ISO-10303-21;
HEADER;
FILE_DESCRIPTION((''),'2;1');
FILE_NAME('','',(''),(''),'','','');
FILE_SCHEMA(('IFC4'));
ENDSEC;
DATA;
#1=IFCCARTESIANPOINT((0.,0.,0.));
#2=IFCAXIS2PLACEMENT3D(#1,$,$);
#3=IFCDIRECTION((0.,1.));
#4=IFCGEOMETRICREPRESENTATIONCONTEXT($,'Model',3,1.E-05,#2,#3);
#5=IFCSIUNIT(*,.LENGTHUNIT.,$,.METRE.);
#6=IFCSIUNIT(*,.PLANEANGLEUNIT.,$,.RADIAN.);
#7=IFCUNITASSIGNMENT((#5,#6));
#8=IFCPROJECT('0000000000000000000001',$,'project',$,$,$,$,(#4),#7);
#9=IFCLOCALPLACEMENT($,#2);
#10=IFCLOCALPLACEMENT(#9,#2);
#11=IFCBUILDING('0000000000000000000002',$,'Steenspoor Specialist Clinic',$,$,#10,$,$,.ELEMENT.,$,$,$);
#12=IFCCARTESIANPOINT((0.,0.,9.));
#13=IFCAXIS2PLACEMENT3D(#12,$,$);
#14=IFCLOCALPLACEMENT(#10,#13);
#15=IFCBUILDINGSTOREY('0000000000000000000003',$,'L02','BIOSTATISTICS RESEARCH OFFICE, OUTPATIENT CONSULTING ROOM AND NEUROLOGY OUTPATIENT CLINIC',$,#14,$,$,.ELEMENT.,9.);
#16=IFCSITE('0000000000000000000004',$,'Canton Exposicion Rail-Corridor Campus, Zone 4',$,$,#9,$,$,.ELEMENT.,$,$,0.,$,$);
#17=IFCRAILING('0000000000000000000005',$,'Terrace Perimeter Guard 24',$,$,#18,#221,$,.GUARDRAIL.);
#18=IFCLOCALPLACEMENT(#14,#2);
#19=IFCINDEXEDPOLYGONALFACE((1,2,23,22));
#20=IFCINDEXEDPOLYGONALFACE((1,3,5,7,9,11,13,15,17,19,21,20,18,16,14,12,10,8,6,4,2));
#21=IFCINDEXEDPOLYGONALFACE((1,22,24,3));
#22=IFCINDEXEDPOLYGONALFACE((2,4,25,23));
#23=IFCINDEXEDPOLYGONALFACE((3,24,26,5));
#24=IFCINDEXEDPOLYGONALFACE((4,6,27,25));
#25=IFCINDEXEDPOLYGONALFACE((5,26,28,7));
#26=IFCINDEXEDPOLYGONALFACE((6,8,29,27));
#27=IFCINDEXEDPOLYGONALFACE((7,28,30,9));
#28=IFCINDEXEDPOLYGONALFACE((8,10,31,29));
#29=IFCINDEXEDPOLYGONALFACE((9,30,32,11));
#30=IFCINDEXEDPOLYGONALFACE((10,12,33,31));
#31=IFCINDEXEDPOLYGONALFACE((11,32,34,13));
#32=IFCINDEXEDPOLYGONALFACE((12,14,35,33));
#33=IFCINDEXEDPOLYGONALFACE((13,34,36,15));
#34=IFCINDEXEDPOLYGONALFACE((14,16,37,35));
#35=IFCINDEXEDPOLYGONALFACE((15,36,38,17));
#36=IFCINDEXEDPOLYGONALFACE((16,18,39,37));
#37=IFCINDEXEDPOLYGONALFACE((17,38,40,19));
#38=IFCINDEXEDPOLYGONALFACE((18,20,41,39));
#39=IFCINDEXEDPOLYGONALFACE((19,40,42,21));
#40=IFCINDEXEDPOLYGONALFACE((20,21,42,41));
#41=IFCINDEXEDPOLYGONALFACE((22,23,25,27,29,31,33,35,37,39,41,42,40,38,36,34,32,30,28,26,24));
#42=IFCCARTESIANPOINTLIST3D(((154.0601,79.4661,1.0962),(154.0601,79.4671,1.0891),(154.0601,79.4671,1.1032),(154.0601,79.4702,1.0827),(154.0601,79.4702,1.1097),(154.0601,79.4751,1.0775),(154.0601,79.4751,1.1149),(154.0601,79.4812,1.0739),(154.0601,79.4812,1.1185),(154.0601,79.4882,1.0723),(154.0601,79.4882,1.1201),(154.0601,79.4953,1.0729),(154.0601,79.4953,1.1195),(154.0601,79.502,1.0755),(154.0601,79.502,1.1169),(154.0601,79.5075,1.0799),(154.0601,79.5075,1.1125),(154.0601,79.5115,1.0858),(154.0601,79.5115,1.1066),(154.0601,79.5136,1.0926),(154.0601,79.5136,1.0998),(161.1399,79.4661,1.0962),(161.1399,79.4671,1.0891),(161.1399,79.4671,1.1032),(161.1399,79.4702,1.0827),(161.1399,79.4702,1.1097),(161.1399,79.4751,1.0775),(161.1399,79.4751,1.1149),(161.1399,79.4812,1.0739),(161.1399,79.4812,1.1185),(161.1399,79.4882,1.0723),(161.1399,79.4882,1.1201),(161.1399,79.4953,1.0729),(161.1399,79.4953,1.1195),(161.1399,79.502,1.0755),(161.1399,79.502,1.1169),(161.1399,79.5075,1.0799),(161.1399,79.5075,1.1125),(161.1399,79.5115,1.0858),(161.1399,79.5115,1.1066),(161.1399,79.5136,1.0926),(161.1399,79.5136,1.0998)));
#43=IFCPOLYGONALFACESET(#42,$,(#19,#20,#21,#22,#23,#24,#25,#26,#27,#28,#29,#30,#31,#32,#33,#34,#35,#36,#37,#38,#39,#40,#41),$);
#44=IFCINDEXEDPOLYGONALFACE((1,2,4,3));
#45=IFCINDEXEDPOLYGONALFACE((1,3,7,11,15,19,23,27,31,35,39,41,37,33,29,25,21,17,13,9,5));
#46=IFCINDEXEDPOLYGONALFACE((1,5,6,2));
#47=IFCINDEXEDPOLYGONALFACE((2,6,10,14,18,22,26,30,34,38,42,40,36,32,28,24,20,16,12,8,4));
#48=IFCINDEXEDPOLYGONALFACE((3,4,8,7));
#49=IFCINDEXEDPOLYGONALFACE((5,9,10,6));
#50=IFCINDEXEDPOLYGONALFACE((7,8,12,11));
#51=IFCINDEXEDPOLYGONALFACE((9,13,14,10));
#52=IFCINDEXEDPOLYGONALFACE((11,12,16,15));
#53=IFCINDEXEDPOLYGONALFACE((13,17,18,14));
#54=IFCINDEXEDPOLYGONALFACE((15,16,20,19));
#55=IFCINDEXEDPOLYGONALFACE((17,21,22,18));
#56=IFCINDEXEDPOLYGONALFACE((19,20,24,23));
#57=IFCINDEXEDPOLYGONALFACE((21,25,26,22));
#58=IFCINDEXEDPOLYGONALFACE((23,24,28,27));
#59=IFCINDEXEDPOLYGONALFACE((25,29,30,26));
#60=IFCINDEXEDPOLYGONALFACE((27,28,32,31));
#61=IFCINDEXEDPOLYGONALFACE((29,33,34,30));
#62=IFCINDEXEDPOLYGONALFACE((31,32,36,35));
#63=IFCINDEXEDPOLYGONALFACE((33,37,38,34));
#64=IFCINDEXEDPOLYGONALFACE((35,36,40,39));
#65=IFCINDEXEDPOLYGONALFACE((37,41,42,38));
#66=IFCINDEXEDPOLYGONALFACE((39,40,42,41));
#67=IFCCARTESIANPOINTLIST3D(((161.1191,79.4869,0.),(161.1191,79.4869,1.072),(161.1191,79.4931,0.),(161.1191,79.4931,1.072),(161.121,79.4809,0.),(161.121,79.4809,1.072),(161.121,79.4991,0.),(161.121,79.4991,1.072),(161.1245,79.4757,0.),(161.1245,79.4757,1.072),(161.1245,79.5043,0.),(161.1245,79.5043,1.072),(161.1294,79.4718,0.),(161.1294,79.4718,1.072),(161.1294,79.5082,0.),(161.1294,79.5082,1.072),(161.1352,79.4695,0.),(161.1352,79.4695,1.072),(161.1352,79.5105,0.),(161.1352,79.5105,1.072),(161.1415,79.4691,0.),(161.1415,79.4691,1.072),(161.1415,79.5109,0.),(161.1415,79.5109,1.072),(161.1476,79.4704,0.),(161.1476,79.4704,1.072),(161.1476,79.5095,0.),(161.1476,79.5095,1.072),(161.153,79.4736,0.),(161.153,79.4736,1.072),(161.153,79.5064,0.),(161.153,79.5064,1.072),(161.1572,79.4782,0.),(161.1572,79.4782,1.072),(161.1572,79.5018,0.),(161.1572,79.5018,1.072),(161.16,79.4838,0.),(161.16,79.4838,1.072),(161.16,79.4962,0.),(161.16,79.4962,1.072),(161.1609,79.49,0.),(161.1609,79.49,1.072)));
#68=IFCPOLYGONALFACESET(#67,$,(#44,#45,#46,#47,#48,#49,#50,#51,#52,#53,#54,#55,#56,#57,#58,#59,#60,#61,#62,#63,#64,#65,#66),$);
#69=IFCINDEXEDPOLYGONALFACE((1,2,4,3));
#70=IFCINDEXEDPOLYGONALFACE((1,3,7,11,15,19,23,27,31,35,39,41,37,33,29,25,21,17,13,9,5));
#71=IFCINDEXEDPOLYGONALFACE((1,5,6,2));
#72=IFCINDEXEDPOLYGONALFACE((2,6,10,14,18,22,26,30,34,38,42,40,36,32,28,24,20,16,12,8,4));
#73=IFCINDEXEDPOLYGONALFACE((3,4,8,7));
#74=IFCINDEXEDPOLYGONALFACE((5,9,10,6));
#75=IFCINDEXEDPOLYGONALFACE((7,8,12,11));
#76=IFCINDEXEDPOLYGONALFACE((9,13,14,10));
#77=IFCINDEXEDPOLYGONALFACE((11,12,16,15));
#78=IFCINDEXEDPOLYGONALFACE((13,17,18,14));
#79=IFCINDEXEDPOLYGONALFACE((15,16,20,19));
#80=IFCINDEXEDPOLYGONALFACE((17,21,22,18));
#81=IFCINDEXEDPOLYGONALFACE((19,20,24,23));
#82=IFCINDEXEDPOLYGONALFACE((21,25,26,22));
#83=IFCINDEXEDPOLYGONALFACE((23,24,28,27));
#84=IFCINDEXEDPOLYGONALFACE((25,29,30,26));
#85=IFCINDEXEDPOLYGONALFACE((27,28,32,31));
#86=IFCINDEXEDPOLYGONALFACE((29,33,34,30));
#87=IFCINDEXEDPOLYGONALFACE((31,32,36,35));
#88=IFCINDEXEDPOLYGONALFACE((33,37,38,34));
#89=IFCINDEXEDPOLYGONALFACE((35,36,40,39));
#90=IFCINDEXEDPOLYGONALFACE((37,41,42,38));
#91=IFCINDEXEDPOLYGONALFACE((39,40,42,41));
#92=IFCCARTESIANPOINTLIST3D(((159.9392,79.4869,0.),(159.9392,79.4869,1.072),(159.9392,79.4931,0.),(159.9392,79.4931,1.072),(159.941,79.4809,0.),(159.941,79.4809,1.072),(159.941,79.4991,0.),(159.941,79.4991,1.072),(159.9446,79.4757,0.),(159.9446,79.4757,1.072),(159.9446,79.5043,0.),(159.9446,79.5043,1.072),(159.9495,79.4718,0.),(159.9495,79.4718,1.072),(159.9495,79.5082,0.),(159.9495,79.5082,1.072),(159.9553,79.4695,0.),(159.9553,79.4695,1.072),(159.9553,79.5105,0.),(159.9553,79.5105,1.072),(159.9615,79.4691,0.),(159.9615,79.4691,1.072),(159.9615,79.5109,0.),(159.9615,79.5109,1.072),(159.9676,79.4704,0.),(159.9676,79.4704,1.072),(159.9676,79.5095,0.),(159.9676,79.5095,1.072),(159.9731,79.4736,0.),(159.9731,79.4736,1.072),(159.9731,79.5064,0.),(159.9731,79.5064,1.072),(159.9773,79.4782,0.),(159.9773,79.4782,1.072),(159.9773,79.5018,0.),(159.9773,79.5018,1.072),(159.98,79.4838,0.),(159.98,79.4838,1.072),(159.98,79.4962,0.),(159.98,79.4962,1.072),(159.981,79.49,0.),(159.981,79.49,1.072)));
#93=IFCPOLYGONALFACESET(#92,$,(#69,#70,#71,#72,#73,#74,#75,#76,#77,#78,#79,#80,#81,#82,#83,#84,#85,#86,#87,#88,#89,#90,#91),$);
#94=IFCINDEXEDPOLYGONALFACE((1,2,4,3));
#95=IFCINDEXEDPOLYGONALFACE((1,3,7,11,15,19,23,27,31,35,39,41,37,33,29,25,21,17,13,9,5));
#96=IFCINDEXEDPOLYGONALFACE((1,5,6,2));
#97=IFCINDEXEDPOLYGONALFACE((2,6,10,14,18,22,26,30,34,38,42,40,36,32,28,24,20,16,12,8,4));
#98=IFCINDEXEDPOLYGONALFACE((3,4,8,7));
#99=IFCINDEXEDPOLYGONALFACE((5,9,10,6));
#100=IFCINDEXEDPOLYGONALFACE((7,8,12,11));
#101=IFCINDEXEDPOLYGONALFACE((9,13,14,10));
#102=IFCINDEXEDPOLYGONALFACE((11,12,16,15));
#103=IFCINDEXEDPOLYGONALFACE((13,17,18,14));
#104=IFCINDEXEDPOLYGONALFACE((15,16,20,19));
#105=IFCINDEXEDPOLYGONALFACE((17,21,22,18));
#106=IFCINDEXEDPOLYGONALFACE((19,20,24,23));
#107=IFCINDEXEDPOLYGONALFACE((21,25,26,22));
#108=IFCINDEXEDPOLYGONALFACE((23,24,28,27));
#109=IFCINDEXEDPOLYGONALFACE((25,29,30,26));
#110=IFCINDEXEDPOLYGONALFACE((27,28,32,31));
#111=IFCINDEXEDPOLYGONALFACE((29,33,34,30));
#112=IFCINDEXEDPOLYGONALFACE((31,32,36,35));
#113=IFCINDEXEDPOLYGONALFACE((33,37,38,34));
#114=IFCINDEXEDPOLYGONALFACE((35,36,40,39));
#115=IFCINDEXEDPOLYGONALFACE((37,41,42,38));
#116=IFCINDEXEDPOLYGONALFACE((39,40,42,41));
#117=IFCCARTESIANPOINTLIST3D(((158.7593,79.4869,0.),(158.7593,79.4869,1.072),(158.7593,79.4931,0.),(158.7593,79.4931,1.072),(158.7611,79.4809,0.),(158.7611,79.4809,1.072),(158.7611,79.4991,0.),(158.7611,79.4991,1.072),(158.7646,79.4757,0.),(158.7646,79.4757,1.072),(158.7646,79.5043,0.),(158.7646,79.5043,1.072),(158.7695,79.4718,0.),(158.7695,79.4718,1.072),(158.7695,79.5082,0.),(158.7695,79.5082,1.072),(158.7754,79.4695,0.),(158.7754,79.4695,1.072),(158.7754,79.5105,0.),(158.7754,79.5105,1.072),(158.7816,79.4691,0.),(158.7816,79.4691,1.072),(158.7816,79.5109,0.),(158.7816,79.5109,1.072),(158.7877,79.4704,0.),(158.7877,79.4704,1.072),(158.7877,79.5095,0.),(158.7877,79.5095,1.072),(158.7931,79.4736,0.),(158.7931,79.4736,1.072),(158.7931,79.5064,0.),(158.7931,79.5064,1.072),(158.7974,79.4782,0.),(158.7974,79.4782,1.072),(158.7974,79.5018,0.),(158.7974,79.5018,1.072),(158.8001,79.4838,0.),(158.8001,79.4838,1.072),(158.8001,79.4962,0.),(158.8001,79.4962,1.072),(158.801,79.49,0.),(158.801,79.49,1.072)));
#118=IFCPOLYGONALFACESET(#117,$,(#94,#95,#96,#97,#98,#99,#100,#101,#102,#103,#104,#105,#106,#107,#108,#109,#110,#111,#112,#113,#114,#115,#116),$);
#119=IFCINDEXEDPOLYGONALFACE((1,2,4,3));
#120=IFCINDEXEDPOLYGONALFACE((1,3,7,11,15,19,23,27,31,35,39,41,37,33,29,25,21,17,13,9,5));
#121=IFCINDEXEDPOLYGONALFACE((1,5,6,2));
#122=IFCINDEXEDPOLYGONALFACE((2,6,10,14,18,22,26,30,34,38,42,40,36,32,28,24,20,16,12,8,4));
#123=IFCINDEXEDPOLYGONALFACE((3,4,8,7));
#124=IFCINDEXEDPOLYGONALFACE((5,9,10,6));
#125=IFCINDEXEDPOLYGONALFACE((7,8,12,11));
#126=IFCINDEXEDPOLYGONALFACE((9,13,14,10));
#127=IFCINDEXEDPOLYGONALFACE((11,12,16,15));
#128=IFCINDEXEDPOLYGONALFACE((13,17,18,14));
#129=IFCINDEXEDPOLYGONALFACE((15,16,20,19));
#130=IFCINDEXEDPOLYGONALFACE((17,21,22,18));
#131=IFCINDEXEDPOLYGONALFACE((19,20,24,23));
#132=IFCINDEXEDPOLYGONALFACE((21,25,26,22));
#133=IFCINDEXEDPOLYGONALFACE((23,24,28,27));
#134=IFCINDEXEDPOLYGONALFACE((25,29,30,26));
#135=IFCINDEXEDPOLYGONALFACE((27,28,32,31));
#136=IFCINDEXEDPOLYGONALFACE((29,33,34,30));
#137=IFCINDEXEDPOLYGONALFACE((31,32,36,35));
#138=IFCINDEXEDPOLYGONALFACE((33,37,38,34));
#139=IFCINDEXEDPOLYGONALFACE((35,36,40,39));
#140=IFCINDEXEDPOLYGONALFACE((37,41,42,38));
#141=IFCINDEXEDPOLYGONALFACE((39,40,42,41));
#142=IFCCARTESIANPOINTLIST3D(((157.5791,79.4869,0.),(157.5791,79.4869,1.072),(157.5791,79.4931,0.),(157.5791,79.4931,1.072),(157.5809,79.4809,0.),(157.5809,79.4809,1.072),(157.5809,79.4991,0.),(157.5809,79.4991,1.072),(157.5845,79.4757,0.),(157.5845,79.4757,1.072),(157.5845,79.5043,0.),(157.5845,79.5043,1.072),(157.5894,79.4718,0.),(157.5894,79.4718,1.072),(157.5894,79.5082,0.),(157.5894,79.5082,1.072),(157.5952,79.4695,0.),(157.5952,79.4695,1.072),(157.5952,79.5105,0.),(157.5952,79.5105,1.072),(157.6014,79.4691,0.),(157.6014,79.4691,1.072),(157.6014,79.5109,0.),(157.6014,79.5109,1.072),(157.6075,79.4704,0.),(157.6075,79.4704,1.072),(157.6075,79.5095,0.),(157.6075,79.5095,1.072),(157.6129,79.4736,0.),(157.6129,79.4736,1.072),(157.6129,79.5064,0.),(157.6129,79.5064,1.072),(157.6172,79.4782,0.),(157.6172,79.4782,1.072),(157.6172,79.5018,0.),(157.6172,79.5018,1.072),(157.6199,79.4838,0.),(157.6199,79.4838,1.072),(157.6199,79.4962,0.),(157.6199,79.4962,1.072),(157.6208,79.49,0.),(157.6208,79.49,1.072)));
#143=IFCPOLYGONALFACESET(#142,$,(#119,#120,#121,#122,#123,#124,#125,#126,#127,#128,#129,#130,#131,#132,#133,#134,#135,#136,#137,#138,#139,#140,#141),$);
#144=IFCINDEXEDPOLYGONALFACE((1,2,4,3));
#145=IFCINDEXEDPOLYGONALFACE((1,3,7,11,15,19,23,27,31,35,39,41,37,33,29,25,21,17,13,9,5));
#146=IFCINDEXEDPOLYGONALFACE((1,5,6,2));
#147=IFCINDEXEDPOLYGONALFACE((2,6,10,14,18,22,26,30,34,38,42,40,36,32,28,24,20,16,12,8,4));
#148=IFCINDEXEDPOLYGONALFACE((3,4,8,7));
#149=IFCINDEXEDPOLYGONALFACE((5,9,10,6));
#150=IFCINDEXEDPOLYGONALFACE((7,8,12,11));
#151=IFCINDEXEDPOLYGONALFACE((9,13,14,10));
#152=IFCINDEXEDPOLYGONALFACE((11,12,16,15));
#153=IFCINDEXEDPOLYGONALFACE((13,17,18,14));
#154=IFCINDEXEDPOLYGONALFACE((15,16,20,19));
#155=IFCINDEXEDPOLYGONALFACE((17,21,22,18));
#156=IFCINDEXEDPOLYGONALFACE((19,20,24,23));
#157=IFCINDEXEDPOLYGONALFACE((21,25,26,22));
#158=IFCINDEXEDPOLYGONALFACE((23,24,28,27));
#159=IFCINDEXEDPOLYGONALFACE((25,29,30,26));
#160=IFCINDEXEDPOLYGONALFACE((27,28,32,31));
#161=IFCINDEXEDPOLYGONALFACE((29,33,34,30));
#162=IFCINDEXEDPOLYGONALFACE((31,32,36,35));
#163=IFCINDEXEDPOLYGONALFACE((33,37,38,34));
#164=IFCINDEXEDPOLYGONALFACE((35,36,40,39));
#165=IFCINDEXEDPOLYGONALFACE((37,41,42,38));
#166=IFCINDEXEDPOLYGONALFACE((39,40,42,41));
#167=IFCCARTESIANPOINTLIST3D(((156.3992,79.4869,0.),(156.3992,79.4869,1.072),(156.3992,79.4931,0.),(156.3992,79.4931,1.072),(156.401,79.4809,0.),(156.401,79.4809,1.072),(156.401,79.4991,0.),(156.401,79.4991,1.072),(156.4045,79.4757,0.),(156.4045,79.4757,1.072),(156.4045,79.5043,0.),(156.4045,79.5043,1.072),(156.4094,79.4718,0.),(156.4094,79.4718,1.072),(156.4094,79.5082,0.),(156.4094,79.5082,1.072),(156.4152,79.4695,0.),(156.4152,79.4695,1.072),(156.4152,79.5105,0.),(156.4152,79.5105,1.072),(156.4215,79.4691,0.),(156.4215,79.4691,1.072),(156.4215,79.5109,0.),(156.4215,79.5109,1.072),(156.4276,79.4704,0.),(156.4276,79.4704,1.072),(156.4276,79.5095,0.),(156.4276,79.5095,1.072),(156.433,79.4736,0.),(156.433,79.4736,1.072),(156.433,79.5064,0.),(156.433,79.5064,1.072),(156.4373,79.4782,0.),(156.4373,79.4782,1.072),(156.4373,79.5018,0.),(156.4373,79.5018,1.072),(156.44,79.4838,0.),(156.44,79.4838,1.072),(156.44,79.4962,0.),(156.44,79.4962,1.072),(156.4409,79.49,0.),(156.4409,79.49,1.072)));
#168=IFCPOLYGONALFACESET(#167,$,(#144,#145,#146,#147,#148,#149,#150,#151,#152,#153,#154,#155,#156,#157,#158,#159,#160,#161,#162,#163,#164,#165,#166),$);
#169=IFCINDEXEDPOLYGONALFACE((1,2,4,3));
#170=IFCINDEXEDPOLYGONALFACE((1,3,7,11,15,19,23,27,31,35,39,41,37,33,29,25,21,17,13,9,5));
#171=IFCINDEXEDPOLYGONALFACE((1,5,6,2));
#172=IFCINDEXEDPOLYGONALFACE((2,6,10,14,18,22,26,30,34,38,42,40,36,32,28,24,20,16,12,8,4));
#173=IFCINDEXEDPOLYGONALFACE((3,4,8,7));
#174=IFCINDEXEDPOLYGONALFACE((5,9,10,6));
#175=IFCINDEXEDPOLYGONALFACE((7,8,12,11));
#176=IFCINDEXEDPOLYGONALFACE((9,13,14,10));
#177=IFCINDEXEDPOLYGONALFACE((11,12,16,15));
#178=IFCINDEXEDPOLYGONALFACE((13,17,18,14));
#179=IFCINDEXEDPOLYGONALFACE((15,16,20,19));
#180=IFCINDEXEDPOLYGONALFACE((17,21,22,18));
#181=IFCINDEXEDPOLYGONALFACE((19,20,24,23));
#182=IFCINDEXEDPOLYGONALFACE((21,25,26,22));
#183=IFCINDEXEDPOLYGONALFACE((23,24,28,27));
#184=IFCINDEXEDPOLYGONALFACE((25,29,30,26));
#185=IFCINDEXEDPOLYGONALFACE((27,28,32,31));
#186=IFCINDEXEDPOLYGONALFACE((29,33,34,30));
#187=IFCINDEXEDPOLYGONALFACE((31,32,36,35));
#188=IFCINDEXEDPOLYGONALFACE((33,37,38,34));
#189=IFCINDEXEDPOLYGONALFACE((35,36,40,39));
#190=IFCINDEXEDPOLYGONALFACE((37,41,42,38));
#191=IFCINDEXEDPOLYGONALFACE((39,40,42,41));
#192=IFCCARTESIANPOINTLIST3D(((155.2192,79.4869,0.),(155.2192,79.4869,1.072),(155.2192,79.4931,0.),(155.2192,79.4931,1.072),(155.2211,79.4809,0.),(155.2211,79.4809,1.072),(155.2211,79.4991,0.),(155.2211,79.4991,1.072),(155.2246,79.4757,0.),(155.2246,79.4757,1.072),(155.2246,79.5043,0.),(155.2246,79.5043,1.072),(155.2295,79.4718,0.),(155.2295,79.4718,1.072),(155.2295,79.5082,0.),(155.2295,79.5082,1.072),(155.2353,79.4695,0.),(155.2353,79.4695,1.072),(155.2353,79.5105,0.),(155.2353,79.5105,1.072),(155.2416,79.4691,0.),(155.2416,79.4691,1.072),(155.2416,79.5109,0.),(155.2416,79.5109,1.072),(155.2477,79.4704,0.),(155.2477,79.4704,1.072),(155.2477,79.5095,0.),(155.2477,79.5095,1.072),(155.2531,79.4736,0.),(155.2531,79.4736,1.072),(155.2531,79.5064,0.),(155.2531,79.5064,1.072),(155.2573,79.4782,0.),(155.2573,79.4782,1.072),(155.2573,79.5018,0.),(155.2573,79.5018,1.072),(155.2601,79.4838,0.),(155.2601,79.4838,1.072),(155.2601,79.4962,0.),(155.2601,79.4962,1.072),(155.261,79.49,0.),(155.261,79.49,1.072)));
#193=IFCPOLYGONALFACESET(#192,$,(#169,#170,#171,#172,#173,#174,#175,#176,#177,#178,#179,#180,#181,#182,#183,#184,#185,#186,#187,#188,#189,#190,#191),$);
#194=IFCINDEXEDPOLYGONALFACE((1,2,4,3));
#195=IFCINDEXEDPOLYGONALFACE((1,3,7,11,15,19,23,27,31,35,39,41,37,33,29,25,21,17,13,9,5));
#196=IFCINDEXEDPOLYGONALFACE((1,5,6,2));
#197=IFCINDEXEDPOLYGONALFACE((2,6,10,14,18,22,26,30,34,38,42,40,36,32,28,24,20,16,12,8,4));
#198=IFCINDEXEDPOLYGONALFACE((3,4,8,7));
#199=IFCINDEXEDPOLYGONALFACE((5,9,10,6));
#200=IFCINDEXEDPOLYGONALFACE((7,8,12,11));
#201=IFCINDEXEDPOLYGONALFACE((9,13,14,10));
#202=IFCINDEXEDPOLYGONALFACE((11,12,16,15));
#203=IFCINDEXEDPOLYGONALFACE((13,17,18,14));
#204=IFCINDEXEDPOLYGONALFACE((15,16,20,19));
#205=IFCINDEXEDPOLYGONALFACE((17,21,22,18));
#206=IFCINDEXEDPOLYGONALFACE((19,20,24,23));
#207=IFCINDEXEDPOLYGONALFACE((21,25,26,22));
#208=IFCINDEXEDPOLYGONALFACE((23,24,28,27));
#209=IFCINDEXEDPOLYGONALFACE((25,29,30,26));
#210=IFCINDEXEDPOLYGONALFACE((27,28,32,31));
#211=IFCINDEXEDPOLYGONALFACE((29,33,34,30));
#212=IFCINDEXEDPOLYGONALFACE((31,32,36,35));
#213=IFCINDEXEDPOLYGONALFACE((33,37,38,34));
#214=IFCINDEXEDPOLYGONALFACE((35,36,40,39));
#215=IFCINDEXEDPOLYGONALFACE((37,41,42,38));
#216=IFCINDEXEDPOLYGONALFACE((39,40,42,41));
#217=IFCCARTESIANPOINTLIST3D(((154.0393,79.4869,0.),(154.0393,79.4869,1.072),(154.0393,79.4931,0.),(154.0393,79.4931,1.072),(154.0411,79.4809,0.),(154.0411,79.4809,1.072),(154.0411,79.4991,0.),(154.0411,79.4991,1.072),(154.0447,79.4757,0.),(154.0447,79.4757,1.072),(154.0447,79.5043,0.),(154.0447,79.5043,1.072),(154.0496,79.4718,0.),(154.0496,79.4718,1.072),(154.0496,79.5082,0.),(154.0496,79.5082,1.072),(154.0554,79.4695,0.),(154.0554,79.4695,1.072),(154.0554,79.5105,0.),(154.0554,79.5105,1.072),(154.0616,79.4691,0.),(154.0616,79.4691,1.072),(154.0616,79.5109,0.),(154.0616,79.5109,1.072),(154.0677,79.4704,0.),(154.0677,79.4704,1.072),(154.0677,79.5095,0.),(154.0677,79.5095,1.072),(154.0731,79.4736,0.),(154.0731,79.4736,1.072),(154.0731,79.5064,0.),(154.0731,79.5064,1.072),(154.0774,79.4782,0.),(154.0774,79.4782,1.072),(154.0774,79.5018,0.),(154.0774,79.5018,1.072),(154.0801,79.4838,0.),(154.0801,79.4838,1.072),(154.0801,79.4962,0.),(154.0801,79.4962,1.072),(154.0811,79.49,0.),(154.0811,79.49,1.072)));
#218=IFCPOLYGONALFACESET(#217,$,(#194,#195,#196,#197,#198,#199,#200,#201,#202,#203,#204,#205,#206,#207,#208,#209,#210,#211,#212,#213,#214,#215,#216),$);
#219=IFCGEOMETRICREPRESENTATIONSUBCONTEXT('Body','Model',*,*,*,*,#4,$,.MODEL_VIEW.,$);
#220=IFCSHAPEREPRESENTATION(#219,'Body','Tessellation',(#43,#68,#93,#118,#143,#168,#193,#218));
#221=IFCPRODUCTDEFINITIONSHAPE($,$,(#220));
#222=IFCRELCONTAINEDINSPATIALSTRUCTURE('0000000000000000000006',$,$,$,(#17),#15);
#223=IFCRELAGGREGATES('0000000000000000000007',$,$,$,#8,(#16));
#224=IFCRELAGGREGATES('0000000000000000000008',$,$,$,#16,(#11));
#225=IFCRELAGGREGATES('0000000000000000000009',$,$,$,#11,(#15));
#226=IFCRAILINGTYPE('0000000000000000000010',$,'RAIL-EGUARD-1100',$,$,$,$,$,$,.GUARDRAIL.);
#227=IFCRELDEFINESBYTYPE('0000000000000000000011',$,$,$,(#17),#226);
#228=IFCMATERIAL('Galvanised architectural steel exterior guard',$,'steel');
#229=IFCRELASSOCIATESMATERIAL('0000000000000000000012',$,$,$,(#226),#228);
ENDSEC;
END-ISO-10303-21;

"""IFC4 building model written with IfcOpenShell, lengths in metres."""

from ifc_helpers import new_model, si_unit, direction, frame, origin, origin_2d, place, context, subcontext, project, spatial, circle, extrude, material, type_object, element, save


model = new_model("IFC4")

# Units and contexts
model_context = context("Model", 3, precision=1e-05, world=origin(), true_north=direction((0.0, 1.0)))
body_context = subcontext(model_context, "Body", "Model", "MODEL_VIEW")
ifc_project = project(units=[si_unit("LENGTHUNIT", "METRE"), si_unit("PLANEANGLEUNIT", "RADIAN")], contexts=[model_context])

# Site, building, storey
site_placement = place(None, origin())
site = spatial("IfcSite", under=ifc_project, at=site_placement, Name="Canton Exposicion Rail-Corridor Campus, Zone 4", CompositionType="ELEMENT", RefElevation=0.0)
building_placement = place(site_placement, origin())
building = spatial("IfcBuilding", under=site, at=building_placement, Name="Steenspoor Specialist Clinic", CompositionType="ELEMENT")
storey_placement = place(building_placement, frame((0.0, 0.0, 9.0)))
storey = spatial("IfcBuildingStorey", under=building, at=storey_placement, Name="L02", Description="BIOSTATISTICS RESEARCH OFFICE, OUTPATIENT CONSULTING ROOM AND NEUROLOGY OUTPATIENT CLINIC", CompositionType="ELEMENT", Elevation=9.0)

# Railing
ifc_material_1 = material(Name="Galvanised architectural steel exterior guard", Category="steel")
railing_type = type_object("IfcRailingType", Name="RAIL-EGUARD-1100", PredefinedType="GUARDRAIL", material=ifc_material_1)
railing_1_placement = place(storey_placement, frame((161.1399, 79.49, 0.0)))
element("IfcRailing", 1, at=railing_1_placement, inside=storey, type_object=railing_type, Name="Terrace Perimeter Guard 24", PredefinedType="GUARDRAIL", context=body_context, shape_type="SweptSolid", body=[
    extrude(circle(Radius=0.0239, at=origin_2d()), frame((0.0, 0.0, 1.0962), z_axis=(-1.0, 0.0, 0.0), x_axis=(0.0, -1.0, 0.0)), (0.0, 0.0, 1.0), 7.0798),
    extrude(circle(Radius=0.021, at=origin_2d()), origin(), (0.0, 0.0, 1.0), 1.072),
    extrude(circle(Radius=0.021, at=origin_2d()), frame((-1.1799, 0.0, 0.0)), (0.0, 0.0, 1.0), 1.072),
    extrude(circle(Radius=0.021, at=origin_2d()), frame((-2.3599, 0.0, 0.0)), (0.0, 0.0, 1.0), 1.072),
    extrude(circle(Radius=0.021, at=origin_2d()), frame((-3.54, 0.0, 0.0)), (0.0, 0.0, 1.0), 1.072),
    extrude(circle(Radius=0.021, at=origin_2d()), frame((-4.72, 0.0, 0.0)), (0.0, 0.0, 1.0), 1.072),
    extrude(circle(Radius=0.021, at=origin_2d()), frame((-5.8999, 0.0, 0.0)), (0.0, 0.0, 1.0), 1.072),
    extrude(circle(Radius=0.021, at=origin_2d()), frame((-7.0798, 0.0, 0.0)), (0.0, 0.0, 1.0), 1.072),
])

save(model, "model.ifc")
